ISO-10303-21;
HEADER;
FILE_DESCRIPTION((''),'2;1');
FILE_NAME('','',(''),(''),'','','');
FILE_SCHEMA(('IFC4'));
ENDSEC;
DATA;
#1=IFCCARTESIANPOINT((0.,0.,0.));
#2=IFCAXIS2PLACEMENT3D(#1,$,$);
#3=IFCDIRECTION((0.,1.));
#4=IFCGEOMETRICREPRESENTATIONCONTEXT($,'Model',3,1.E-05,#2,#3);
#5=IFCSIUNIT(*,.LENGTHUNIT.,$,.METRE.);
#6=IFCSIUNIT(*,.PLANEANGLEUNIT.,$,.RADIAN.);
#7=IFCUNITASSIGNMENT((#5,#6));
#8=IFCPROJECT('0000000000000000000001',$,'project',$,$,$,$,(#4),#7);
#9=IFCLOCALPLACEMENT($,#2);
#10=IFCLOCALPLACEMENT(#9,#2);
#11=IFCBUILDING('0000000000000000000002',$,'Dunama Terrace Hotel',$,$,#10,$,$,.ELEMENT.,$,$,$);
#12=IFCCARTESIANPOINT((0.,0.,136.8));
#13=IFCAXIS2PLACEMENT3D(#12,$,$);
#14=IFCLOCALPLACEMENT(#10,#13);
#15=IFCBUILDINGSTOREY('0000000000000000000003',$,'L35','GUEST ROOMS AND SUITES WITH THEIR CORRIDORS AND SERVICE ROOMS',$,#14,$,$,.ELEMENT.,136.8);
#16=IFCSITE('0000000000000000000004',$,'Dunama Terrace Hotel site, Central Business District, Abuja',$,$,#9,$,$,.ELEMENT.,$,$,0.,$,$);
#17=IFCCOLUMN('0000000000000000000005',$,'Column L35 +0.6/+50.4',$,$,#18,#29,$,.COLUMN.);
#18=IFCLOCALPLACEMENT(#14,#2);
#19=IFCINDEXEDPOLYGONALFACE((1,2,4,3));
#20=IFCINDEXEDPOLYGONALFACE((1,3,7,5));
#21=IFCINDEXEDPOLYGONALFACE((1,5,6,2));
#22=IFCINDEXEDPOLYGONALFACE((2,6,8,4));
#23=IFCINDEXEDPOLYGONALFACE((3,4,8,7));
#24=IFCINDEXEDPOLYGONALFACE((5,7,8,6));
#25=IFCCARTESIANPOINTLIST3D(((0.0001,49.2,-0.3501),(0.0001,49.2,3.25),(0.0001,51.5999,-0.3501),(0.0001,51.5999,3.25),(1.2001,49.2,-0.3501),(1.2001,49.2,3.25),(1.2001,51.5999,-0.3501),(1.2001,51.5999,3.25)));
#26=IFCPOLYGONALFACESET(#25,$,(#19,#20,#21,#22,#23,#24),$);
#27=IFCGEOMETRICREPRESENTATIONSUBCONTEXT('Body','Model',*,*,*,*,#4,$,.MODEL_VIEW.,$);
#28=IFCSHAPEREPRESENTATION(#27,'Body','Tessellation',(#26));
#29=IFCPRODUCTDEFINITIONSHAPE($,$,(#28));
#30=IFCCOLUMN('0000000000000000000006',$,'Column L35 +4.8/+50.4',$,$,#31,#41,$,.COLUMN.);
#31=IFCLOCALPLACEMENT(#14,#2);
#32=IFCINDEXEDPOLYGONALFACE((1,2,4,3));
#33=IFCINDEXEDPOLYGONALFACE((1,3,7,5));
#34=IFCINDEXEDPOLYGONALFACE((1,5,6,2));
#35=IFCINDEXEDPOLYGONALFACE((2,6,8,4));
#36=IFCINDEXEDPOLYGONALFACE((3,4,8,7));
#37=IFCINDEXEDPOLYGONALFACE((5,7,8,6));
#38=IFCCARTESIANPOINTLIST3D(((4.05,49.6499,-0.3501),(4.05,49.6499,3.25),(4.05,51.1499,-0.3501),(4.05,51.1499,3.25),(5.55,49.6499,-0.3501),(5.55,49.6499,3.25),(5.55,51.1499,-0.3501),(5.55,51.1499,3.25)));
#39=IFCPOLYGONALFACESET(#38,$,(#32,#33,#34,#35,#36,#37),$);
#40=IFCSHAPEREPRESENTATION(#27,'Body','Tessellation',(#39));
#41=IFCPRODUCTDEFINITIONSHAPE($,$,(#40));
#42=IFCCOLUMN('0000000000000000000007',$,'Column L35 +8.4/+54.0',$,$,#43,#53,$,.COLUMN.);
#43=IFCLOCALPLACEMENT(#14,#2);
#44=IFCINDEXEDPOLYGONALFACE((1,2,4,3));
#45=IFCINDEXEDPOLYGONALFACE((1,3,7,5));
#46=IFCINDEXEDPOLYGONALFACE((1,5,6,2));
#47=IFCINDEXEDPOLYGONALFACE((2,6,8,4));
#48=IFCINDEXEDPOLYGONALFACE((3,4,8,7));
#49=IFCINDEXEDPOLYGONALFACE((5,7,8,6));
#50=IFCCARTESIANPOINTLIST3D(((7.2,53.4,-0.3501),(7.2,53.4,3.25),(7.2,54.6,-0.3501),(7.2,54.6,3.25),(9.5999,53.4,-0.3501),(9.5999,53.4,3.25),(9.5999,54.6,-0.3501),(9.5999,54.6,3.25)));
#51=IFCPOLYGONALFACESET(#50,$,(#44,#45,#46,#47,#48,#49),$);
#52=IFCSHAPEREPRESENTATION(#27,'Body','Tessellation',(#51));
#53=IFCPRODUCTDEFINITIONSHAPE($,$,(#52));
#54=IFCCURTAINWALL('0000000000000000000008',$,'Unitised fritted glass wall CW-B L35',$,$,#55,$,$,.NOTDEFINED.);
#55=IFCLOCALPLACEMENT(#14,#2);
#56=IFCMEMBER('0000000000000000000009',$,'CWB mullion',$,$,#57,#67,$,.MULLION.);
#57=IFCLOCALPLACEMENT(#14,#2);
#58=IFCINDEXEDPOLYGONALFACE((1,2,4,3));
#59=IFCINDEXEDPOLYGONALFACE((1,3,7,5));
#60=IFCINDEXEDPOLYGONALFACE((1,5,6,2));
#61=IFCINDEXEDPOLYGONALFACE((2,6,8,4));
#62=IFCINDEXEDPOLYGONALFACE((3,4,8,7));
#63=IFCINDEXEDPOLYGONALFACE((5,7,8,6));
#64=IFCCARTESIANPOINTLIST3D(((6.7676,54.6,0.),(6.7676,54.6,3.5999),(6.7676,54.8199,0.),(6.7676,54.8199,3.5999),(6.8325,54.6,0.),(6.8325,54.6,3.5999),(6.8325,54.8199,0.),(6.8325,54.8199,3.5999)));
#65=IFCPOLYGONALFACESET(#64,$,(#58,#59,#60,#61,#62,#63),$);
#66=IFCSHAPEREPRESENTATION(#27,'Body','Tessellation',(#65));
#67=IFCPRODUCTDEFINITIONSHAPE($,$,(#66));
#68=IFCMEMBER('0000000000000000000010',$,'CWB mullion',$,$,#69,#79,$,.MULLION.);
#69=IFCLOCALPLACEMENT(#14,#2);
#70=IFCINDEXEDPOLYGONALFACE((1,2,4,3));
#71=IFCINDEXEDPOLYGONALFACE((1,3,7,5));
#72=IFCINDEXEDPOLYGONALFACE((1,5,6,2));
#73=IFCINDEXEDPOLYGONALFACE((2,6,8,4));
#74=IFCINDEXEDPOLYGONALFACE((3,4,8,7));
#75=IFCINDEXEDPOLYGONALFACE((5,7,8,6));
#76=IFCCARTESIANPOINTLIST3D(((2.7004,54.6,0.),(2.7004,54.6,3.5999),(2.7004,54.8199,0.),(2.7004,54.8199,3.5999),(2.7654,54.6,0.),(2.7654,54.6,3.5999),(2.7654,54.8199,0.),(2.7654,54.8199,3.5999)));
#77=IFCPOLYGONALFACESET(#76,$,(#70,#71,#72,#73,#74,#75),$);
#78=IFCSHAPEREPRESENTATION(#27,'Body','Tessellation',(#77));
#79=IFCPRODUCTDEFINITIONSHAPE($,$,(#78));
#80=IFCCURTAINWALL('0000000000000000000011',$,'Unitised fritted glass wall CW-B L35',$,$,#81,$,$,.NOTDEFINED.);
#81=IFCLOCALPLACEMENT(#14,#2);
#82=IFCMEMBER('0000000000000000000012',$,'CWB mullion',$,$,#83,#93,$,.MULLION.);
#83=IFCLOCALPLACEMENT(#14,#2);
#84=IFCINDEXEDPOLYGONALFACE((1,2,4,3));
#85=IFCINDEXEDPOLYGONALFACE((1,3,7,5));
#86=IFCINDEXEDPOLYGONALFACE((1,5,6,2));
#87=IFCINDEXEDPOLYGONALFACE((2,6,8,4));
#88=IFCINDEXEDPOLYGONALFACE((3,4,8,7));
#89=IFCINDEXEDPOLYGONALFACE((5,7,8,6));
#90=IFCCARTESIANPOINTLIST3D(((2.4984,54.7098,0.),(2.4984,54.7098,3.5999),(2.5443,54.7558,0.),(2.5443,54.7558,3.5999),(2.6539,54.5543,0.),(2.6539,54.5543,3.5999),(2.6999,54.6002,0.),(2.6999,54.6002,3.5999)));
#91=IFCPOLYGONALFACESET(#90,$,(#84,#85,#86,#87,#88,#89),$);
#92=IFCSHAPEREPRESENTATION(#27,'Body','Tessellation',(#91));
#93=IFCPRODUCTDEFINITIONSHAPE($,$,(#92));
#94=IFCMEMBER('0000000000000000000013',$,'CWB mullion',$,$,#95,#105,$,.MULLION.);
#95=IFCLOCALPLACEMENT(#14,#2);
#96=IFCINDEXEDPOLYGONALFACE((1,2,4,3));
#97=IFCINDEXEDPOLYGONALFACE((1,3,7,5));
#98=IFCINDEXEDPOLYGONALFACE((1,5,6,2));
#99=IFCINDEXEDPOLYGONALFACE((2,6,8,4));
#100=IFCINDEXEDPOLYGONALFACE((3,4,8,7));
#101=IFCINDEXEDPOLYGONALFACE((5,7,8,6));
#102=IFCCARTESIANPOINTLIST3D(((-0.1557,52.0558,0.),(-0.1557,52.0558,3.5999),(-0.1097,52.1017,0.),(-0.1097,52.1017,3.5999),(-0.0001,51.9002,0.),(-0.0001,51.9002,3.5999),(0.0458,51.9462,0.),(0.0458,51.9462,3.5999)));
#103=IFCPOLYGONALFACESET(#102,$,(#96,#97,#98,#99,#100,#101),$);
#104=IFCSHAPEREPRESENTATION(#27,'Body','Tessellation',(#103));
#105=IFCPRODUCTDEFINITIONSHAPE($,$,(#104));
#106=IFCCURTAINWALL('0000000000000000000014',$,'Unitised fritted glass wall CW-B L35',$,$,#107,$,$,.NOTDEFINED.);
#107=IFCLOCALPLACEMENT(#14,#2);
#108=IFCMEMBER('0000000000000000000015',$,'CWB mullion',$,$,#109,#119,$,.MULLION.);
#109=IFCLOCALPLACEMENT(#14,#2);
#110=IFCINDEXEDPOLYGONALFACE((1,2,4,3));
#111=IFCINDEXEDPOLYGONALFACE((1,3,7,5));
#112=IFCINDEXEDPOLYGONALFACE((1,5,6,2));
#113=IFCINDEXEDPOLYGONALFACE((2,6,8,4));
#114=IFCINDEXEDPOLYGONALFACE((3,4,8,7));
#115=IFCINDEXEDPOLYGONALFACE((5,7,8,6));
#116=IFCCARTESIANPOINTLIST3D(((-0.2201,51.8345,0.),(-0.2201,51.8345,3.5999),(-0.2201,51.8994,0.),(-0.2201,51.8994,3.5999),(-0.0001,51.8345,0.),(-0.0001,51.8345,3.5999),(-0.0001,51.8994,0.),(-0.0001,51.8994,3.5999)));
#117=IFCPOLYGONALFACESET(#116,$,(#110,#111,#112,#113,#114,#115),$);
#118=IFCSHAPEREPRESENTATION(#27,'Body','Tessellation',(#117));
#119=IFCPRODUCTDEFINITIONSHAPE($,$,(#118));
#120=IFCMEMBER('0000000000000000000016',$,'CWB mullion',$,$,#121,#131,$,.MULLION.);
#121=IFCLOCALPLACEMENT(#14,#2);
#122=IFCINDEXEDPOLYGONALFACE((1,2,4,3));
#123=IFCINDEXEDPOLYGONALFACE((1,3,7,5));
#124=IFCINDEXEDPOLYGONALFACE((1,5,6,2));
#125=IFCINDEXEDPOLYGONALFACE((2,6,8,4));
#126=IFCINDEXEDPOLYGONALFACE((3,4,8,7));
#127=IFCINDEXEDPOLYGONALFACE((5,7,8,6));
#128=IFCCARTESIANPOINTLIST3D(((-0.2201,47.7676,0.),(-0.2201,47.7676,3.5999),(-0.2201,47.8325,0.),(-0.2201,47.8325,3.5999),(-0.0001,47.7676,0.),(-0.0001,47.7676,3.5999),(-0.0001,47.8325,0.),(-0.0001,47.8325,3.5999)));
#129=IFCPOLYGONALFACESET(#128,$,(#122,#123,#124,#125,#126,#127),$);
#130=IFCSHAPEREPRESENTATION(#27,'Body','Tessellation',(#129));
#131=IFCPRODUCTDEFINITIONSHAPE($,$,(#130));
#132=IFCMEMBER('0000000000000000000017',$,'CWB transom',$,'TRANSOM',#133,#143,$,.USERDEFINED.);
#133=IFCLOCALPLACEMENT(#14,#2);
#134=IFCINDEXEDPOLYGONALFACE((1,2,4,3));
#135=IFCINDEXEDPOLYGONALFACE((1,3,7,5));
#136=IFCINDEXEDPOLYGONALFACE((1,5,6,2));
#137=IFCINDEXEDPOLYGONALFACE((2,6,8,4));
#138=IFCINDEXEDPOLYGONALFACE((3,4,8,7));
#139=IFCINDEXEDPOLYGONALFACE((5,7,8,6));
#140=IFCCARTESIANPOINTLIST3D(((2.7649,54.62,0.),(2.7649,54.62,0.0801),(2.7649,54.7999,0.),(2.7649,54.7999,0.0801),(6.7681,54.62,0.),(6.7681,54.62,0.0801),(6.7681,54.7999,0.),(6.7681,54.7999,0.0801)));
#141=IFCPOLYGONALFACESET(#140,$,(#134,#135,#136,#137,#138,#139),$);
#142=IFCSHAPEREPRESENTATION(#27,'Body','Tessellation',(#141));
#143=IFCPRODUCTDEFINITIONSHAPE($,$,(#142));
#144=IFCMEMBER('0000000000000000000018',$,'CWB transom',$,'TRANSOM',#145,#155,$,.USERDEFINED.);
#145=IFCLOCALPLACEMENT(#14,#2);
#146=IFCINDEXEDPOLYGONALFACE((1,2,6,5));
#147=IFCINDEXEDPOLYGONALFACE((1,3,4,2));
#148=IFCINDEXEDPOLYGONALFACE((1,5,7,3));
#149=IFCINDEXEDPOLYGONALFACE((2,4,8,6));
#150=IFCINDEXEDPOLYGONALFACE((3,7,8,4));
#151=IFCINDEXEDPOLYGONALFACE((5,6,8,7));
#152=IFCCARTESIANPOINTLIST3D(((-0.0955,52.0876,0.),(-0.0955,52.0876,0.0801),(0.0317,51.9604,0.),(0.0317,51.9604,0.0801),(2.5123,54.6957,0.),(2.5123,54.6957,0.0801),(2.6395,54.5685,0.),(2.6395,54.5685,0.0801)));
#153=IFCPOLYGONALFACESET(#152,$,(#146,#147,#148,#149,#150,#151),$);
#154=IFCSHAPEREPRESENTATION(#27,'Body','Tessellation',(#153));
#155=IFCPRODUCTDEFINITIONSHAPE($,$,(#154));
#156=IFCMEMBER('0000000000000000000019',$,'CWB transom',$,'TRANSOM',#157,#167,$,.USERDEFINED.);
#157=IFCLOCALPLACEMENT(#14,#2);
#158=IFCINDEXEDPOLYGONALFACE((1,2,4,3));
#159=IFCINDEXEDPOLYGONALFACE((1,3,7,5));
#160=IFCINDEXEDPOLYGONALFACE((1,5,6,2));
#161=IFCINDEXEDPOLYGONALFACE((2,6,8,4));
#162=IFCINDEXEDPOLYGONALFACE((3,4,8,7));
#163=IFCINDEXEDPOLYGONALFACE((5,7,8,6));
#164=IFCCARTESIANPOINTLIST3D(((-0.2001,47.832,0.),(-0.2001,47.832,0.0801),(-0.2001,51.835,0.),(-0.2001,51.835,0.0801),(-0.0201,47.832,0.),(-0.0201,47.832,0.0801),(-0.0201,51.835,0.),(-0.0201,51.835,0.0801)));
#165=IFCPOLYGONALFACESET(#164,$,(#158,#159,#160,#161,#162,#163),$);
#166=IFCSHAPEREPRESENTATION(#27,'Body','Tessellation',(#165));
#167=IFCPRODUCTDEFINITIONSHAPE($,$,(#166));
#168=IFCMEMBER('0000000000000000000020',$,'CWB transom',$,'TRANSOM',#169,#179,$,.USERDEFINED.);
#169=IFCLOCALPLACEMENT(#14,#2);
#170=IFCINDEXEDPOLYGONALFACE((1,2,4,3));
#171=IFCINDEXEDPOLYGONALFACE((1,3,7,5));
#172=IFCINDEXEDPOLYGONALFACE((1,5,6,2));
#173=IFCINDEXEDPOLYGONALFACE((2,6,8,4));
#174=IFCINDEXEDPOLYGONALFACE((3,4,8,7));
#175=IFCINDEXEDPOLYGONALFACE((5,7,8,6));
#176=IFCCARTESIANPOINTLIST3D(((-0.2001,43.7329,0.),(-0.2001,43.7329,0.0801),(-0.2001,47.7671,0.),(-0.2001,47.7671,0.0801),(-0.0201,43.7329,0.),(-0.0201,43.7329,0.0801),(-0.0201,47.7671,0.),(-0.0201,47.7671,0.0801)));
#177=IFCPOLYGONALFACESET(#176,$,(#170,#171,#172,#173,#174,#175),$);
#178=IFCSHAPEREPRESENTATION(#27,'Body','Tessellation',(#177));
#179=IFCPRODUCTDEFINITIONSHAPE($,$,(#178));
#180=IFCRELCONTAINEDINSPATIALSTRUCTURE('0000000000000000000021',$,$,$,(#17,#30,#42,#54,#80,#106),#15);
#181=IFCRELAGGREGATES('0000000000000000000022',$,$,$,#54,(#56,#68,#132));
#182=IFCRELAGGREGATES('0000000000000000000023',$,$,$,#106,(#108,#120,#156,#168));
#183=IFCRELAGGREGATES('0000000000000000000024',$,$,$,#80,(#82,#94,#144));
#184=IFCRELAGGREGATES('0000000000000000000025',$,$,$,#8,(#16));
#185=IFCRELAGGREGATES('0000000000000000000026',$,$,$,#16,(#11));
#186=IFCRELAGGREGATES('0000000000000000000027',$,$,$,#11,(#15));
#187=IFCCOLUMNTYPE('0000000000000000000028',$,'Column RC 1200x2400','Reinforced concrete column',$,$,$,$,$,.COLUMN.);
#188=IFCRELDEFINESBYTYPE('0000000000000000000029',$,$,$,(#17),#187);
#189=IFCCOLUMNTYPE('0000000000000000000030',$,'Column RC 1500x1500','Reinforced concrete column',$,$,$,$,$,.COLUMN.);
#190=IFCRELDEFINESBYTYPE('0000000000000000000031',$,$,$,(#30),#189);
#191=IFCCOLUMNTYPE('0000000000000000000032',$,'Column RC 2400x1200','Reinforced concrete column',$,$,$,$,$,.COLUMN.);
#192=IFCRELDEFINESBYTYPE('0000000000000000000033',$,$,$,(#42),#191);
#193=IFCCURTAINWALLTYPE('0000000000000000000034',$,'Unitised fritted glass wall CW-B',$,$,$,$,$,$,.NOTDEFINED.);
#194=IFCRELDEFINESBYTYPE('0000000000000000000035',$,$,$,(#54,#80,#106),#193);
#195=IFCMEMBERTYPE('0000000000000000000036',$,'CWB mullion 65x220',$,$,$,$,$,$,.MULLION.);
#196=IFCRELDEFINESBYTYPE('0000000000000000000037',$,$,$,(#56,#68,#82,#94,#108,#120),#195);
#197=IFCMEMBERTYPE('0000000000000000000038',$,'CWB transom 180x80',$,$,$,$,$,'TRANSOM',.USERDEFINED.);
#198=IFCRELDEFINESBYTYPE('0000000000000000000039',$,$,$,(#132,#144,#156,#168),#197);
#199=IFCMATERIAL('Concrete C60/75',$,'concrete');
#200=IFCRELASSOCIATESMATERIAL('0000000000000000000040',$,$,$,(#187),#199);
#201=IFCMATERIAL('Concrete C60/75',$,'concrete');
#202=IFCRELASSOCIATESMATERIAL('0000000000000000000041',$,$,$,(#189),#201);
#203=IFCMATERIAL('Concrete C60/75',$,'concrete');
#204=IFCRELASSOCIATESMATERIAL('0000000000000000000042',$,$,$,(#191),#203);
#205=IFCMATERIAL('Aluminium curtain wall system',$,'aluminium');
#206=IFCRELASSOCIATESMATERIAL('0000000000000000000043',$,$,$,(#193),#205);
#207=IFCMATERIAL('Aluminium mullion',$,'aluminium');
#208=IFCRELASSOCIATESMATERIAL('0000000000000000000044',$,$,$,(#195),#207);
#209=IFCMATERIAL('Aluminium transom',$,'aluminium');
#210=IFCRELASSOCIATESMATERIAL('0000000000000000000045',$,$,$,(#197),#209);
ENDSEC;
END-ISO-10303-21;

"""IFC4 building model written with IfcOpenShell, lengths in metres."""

from ifc_helpers import new_model, si_unit, direction, frame, origin, origin_2d, place, context, subcontext, project, spatial, rectangle, extrude, material, material_profile, profile_set, type_object, element, aggregate, save


model = new_model("IFC4")

# Units and contexts
model_context = context("Model", 3, precision=1e-05, world=origin(), true_north=direction((0.0, 1.0)))
body_context = subcontext(model_context, "Body", "Model", "MODEL_VIEW")
ifc_project = project(units=[si_unit("LENGTHUNIT", "METRE"), si_unit("PLANEANGLEUNIT", "RADIAN")], contexts=[model_context])

# Site, building, storey
site_placement = place(None, origin())
site = spatial("IfcSite", under=ifc_project, at=site_placement, Name="Dunama Terrace Hotel site, Central Business District, Abuja", CompositionType="ELEMENT", RefElevation=0.0)
building_placement = place(site_placement, origin())
building = spatial("IfcBuilding", under=site, at=building_placement, Name="Dunama Terrace Hotel", CompositionType="ELEMENT")
storey_placement = place(building_placement, frame((0.0, 0.0, 136.8)))
storey = spatial("IfcBuildingStorey", under=building, at=storey_placement, Name="L35", Description="GUEST ROOMS AND SUITES WITH THEIR CORRIDORS AND SERVICE ROOMS", CompositionType="ELEMENT", Elevation=136.8)

# Columns
ifc_material_1 = material(Name="Concrete C60/75", Category="concrete")
ifc_material_profile_1 = material_profile(ifc_material_1, rectangle(XDim=1.2, YDim=2.3999, at=origin_2d()), Name="RC 1200x2400")
ifc_profile_set_1 = profile_set([ifc_material_profile_1], Name="Concrete C60/75")
column_type_1 = type_object("IfcColumnType", Name="Column RC 1200x2400", Description="Reinforced concrete column", PredefinedType="COLUMN", material=ifc_profile_set_1)
column_1_placement = place(storey_placement, frame((0.6001, 50.3999, -0.3501), z_axis=(0.0, 0.0, 1.0), x_axis=(1.0, 0.0, 0.0)))
element("IfcColumn", 1, at=column_1_placement, inside=storey, type_object=column_type_1, Name="Column L35 +0.6/+50.4", PredefinedType="COLUMN", context=body_context, shape_type="SweptSolid", body=[
    extrude(rectangle(XDim=1.2, YDim=2.3999, at=origin_2d()), origin(), (0.0, 0.0, 1.0), 3.6001),
])
ifc_material_2 = material(Name="Concrete C60/75", Category="concrete")
ifc_material_profile_2 = material_profile(ifc_material_2, rectangle(XDim=1.5, YDim=1.5, at=origin_2d()), Name="RC 1500x1500")
ifc_profile_set_2 = profile_set([ifc_material_profile_2], Name="Concrete C60/75")
column_type_2 = type_object("IfcColumnType", Name="Column RC 1500x1500", Description="Reinforced concrete column", PredefinedType="COLUMN", material=ifc_profile_set_2)
column_2_placement = place(storey_placement, frame((4.8, 50.3999, -0.3501), z_axis=(0.0, 0.0, 1.0), x_axis=(1.0, 0.0, 0.0)))
element("IfcColumn", 2, at=column_2_placement, inside=storey, type_object=column_type_2, Name="Column L35 +4.8/+50.4", PredefinedType="COLUMN", context=body_context, shape_type="SweptSolid", body=[
    extrude(rectangle(XDim=1.5, YDim=1.5, at=origin_2d()), origin(), (0.0, 0.0, 1.0), 3.6001),
])
ifc_material_3 = material(Name="Concrete C60/75", Category="concrete")
ifc_material_profile_3 = material_profile(ifc_material_3, rectangle(XDim=2.3999, YDim=1.2, at=origin_2d()), Name="RC 2400x1200")
ifc_profile_set_3 = profile_set([ifc_material_profile_3], Name="Concrete C60/75")
column_type_3 = type_object("IfcColumnType", Name="Column RC 2400x1200", Description="Reinforced concrete column", PredefinedType="COLUMN", material=ifc_profile_set_3)
column_3_placement = place(storey_placement, frame((8.3999, 54.0, -0.3501), z_axis=(0.0, 0.0, 1.0), x_axis=(1.0, 0.0, 0.0)))
element("IfcColumn", 3, at=column_3_placement, inside=storey, type_object=column_type_3, Name="Column L35 +8.4/+54.0", PredefinedType="COLUMN", context=body_context, shape_type="SweptSolid", body=[
    extrude(rectangle(XDim=2.3999, YDim=1.2, at=origin_2d()), origin(), (0.0, 0.0, 1.0), 3.6001),
])

# Curtain walls, members
ifc_material_4 = material(Name="Aluminium curtain wall system", Category="aluminium")
curtain_wall_type = type_object("IfcCurtainWallType", Name="Unitised fritted glass wall CW-B", PredefinedType="NOTDEFINED", material=ifc_material_4)
curtain_wall_1_placement = place(storey_placement, origin())
curtain_wall_1 = element("IfcCurtainWall", 4, at=curtain_wall_1_placement, inside=storey, type_object=curtain_wall_type, Name="Unitised fritted glass wall CW-B L35", PredefinedType="NOTDEFINED")
ifc_material_5 = material(Name="Aluminium mullion", Category="aluminium")
ifc_material_profile_4 = material_profile(ifc_material_5, rectangle(XDim=0.0649, YDim=0.22, at=origin_2d()), Name="CWB MULLION 65X220")
ifc_profile_set_4 = profile_set([ifc_material_profile_4], Name="Aluminium mullion")
member_type_1 = type_object("IfcMemberType", Name="CWB mullion 65x220", PredefinedType="MULLION", material=ifc_profile_set_4)
member_1_placement = place(storey_placement, frame((6.8, 54.71, 0.0), z_axis=(0.0, 0.0, 1.0), x_axis=(-1.0, 0.0, 0.0)))
member_1 = element("IfcMember", 5, at=member_1_placement, type_object=member_type_1, Name="CWB mullion", PredefinedType="MULLION", context=body_context, shape_type="SweptSolid", body=[
    extrude(rectangle(XDim=0.0649, YDim=0.22, at=origin_2d()), origin(), (0.0, 0.0, 1.0), 3.5999),
])
member_2_placement = place(storey_placement, frame((2.7329, 54.71, 0.0), z_axis=(0.0, 0.0, 1.0), x_axis=(-1.0, 0.0, 0.0)))
member_2 = element("IfcMember", 6, at=member_2_placement, type_object=member_type_1, Name="CWB mullion", PredefinedType="MULLION", context=body_context, shape_type="SweptSolid", body=[
    extrude(rectangle(XDim=0.0649, YDim=0.22, at=origin_2d()), origin(), (0.0, 0.0, 1.0), 3.5999),
])
curtain_wall_2_placement = place(storey_placement, origin())
curtain_wall_2 = element("IfcCurtainWall", 7, at=curtain_wall_2_placement, inside=storey, type_object=curtain_wall_type, Name="Unitised fritted glass wall CW-B L35", PredefinedType="NOTDEFINED")
member_3_placement = place(storey_placement, frame((2.5991, 54.655, 0.0), z_axis=(0.0, 0.0, 1.0), x_axis=(-0.707107, -0.707107, 0.0)))
member_3 = element("IfcMember", 8, at=member_3_placement, type_object=member_type_1, Name="CWB mullion", PredefinedType="MULLION", context=body_context, shape_type="SweptSolid", body=[
    extrude(rectangle(XDim=0.0649, YDim=0.22, at=origin_2d()), origin(), (0.0, 0.0, 1.0), 3.5999),
])
member_4_placement = place(storey_placement, frame((-0.0549, 52.001, 0.0), z_axis=(0.0, 0.0, 1.0), x_axis=(-0.707107, -0.707107, 0.0)))
member_4 = element("IfcMember", 9, at=member_4_placement, type_object=member_type_1, Name="CWB mullion", PredefinedType="MULLION", context=body_context, shape_type="SweptSolid", body=[
    extrude(rectangle(XDim=0.0649, YDim=0.22, at=origin_2d()), origin(), (0.0, 0.0, 1.0), 3.5999),
])
curtain_wall_3_placement = place(storey_placement, origin())
curtain_wall_3 = element("IfcCurtainWall", 10, at=curtain_wall_3_placement, inside=storey, type_object=curtain_wall_type, Name="Unitised fritted glass wall CW-B L35", PredefinedType="NOTDEFINED")
member_5_placement = place(storey_placement, frame((-0.1101, 51.8669, 0.0), z_axis=(0.0, 0.0, 1.0), x_axis=(0.0, -1.0, 0.0)))
member_5 = element("IfcMember", 11, at=member_5_placement, type_object=member_type_1, Name="CWB mullion", PredefinedType="MULLION", context=body_context, shape_type="SweptSolid", body=[
    extrude(rectangle(XDim=0.0649, YDim=0.22, at=origin_2d()), origin(), (0.0, 0.0, 1.0), 3.5999),
])
member_6_placement = place(storey_placement, frame((-0.1101, 47.8, 0.0), z_axis=(0.0, 0.0, 1.0), x_axis=(0.0, -1.0, 0.0)))
member_6 = element("IfcMember", 12, at=member_6_placement, type_object=member_type_1, Name="CWB mullion", PredefinedType="MULLION", context=body_context, shape_type="SweptSolid", body=[
    extrude(rectangle(XDim=0.0649, YDim=0.22, at=origin_2d()), origin(), (0.0, 0.0, 1.0), 3.5999),
])

# Members
ifc_material_6 = material(Name="Aluminium transom", Category="aluminium")
ifc_material_profile_5 = material_profile(ifc_material_6, rectangle(XDim=0.1799, YDim=0.0801, at=origin_2d()), Name="CWB TRANSOM 180X80")
ifc_profile_set_5 = profile_set([ifc_material_profile_5], Name="Aluminium transom")
member_type_2 = type_object("IfcMemberType", Name="CWB transom 180x80", ElementType="TRANSOM", PredefinedType="USERDEFINED", material=ifc_profile_set_5)
member_7_placement = place(storey_placement, frame((6.7681, 54.71, 0.04), z_axis=(-1.0, 0.0, 0.0), x_axis=(0.0, -1.0, 0.0)))
member_7 = element("IfcMember", 13, at=member_7_placement, type_object=member_type_2, Name="CWB transom", ObjectType="TRANSOM", PredefinedType="USERDEFINED", context=body_context, shape_type="SweptSolid", body=[
    extrude(rectangle(XDim=0.1799, YDim=0.0801, at=origin_2d()), origin(), (0.0, 0.0, 1.0), 4.0032),
])
member_8_placement = place(storey_placement, frame((2.5759, 54.6321, 0.04), z_axis=(-0.707074, -0.70714, 0.0), x_axis=(0.70714, -0.707074, 0.0)))
member_8 = element("IfcMember", 14, at=member_8_placement, type_object=member_type_2, Name="CWB transom", ObjectType="TRANSOM", PredefinedType="USERDEFINED", context=body_context, shape_type="SweptSolid", body=[
    extrude(rectangle(XDim=0.1799, YDim=0.0801, at=origin_2d()), origin(), (0.0, 0.0, 1.0), 3.6882),
])
member_9_placement = place(storey_placement, frame((-0.1101, 51.835, 0.04), z_axis=(0.0, -1.0, 0.0), x_axis=(1.0, 0.0, 0.0)))
member_9 = element("IfcMember", 15, at=member_9_placement, type_object=member_type_2, Name="CWB transom", ObjectType="TRANSOM", PredefinedType="USERDEFINED", context=body_context, shape_type="SweptSolid", body=[
    extrude(rectangle(XDim=0.1799, YDim=0.0801, at=origin_2d()), origin(), (0.0, 0.0, 1.0), 4.0029),
])
member_10_placement = place(storey_placement, frame((-0.1101, 47.7671, 0.04), z_axis=(0.0, -1.0, 0.0), x_axis=(1.0, 0.0, 0.0)))
member_10 = element("IfcMember", 16, at=member_10_placement, type_object=member_type_2, Name="CWB transom", ObjectType="TRANSOM", PredefinedType="USERDEFINED", context=body_context, shape_type="SweptSolid", body=[
    extrude(rectangle(XDim=0.1799, YDim=0.0801, at=origin_2d()), origin(), (0.0, 0.0, 1.0), 4.0342),
])

aggregate(curtain_wall_1, [member_1, member_2, member_7])
aggregate(curtain_wall_3, [member_5, member_6, member_9, member_10])
aggregate(curtain_wall_2, [member_3, member_4, member_8])

save(model, "model.ifc")
